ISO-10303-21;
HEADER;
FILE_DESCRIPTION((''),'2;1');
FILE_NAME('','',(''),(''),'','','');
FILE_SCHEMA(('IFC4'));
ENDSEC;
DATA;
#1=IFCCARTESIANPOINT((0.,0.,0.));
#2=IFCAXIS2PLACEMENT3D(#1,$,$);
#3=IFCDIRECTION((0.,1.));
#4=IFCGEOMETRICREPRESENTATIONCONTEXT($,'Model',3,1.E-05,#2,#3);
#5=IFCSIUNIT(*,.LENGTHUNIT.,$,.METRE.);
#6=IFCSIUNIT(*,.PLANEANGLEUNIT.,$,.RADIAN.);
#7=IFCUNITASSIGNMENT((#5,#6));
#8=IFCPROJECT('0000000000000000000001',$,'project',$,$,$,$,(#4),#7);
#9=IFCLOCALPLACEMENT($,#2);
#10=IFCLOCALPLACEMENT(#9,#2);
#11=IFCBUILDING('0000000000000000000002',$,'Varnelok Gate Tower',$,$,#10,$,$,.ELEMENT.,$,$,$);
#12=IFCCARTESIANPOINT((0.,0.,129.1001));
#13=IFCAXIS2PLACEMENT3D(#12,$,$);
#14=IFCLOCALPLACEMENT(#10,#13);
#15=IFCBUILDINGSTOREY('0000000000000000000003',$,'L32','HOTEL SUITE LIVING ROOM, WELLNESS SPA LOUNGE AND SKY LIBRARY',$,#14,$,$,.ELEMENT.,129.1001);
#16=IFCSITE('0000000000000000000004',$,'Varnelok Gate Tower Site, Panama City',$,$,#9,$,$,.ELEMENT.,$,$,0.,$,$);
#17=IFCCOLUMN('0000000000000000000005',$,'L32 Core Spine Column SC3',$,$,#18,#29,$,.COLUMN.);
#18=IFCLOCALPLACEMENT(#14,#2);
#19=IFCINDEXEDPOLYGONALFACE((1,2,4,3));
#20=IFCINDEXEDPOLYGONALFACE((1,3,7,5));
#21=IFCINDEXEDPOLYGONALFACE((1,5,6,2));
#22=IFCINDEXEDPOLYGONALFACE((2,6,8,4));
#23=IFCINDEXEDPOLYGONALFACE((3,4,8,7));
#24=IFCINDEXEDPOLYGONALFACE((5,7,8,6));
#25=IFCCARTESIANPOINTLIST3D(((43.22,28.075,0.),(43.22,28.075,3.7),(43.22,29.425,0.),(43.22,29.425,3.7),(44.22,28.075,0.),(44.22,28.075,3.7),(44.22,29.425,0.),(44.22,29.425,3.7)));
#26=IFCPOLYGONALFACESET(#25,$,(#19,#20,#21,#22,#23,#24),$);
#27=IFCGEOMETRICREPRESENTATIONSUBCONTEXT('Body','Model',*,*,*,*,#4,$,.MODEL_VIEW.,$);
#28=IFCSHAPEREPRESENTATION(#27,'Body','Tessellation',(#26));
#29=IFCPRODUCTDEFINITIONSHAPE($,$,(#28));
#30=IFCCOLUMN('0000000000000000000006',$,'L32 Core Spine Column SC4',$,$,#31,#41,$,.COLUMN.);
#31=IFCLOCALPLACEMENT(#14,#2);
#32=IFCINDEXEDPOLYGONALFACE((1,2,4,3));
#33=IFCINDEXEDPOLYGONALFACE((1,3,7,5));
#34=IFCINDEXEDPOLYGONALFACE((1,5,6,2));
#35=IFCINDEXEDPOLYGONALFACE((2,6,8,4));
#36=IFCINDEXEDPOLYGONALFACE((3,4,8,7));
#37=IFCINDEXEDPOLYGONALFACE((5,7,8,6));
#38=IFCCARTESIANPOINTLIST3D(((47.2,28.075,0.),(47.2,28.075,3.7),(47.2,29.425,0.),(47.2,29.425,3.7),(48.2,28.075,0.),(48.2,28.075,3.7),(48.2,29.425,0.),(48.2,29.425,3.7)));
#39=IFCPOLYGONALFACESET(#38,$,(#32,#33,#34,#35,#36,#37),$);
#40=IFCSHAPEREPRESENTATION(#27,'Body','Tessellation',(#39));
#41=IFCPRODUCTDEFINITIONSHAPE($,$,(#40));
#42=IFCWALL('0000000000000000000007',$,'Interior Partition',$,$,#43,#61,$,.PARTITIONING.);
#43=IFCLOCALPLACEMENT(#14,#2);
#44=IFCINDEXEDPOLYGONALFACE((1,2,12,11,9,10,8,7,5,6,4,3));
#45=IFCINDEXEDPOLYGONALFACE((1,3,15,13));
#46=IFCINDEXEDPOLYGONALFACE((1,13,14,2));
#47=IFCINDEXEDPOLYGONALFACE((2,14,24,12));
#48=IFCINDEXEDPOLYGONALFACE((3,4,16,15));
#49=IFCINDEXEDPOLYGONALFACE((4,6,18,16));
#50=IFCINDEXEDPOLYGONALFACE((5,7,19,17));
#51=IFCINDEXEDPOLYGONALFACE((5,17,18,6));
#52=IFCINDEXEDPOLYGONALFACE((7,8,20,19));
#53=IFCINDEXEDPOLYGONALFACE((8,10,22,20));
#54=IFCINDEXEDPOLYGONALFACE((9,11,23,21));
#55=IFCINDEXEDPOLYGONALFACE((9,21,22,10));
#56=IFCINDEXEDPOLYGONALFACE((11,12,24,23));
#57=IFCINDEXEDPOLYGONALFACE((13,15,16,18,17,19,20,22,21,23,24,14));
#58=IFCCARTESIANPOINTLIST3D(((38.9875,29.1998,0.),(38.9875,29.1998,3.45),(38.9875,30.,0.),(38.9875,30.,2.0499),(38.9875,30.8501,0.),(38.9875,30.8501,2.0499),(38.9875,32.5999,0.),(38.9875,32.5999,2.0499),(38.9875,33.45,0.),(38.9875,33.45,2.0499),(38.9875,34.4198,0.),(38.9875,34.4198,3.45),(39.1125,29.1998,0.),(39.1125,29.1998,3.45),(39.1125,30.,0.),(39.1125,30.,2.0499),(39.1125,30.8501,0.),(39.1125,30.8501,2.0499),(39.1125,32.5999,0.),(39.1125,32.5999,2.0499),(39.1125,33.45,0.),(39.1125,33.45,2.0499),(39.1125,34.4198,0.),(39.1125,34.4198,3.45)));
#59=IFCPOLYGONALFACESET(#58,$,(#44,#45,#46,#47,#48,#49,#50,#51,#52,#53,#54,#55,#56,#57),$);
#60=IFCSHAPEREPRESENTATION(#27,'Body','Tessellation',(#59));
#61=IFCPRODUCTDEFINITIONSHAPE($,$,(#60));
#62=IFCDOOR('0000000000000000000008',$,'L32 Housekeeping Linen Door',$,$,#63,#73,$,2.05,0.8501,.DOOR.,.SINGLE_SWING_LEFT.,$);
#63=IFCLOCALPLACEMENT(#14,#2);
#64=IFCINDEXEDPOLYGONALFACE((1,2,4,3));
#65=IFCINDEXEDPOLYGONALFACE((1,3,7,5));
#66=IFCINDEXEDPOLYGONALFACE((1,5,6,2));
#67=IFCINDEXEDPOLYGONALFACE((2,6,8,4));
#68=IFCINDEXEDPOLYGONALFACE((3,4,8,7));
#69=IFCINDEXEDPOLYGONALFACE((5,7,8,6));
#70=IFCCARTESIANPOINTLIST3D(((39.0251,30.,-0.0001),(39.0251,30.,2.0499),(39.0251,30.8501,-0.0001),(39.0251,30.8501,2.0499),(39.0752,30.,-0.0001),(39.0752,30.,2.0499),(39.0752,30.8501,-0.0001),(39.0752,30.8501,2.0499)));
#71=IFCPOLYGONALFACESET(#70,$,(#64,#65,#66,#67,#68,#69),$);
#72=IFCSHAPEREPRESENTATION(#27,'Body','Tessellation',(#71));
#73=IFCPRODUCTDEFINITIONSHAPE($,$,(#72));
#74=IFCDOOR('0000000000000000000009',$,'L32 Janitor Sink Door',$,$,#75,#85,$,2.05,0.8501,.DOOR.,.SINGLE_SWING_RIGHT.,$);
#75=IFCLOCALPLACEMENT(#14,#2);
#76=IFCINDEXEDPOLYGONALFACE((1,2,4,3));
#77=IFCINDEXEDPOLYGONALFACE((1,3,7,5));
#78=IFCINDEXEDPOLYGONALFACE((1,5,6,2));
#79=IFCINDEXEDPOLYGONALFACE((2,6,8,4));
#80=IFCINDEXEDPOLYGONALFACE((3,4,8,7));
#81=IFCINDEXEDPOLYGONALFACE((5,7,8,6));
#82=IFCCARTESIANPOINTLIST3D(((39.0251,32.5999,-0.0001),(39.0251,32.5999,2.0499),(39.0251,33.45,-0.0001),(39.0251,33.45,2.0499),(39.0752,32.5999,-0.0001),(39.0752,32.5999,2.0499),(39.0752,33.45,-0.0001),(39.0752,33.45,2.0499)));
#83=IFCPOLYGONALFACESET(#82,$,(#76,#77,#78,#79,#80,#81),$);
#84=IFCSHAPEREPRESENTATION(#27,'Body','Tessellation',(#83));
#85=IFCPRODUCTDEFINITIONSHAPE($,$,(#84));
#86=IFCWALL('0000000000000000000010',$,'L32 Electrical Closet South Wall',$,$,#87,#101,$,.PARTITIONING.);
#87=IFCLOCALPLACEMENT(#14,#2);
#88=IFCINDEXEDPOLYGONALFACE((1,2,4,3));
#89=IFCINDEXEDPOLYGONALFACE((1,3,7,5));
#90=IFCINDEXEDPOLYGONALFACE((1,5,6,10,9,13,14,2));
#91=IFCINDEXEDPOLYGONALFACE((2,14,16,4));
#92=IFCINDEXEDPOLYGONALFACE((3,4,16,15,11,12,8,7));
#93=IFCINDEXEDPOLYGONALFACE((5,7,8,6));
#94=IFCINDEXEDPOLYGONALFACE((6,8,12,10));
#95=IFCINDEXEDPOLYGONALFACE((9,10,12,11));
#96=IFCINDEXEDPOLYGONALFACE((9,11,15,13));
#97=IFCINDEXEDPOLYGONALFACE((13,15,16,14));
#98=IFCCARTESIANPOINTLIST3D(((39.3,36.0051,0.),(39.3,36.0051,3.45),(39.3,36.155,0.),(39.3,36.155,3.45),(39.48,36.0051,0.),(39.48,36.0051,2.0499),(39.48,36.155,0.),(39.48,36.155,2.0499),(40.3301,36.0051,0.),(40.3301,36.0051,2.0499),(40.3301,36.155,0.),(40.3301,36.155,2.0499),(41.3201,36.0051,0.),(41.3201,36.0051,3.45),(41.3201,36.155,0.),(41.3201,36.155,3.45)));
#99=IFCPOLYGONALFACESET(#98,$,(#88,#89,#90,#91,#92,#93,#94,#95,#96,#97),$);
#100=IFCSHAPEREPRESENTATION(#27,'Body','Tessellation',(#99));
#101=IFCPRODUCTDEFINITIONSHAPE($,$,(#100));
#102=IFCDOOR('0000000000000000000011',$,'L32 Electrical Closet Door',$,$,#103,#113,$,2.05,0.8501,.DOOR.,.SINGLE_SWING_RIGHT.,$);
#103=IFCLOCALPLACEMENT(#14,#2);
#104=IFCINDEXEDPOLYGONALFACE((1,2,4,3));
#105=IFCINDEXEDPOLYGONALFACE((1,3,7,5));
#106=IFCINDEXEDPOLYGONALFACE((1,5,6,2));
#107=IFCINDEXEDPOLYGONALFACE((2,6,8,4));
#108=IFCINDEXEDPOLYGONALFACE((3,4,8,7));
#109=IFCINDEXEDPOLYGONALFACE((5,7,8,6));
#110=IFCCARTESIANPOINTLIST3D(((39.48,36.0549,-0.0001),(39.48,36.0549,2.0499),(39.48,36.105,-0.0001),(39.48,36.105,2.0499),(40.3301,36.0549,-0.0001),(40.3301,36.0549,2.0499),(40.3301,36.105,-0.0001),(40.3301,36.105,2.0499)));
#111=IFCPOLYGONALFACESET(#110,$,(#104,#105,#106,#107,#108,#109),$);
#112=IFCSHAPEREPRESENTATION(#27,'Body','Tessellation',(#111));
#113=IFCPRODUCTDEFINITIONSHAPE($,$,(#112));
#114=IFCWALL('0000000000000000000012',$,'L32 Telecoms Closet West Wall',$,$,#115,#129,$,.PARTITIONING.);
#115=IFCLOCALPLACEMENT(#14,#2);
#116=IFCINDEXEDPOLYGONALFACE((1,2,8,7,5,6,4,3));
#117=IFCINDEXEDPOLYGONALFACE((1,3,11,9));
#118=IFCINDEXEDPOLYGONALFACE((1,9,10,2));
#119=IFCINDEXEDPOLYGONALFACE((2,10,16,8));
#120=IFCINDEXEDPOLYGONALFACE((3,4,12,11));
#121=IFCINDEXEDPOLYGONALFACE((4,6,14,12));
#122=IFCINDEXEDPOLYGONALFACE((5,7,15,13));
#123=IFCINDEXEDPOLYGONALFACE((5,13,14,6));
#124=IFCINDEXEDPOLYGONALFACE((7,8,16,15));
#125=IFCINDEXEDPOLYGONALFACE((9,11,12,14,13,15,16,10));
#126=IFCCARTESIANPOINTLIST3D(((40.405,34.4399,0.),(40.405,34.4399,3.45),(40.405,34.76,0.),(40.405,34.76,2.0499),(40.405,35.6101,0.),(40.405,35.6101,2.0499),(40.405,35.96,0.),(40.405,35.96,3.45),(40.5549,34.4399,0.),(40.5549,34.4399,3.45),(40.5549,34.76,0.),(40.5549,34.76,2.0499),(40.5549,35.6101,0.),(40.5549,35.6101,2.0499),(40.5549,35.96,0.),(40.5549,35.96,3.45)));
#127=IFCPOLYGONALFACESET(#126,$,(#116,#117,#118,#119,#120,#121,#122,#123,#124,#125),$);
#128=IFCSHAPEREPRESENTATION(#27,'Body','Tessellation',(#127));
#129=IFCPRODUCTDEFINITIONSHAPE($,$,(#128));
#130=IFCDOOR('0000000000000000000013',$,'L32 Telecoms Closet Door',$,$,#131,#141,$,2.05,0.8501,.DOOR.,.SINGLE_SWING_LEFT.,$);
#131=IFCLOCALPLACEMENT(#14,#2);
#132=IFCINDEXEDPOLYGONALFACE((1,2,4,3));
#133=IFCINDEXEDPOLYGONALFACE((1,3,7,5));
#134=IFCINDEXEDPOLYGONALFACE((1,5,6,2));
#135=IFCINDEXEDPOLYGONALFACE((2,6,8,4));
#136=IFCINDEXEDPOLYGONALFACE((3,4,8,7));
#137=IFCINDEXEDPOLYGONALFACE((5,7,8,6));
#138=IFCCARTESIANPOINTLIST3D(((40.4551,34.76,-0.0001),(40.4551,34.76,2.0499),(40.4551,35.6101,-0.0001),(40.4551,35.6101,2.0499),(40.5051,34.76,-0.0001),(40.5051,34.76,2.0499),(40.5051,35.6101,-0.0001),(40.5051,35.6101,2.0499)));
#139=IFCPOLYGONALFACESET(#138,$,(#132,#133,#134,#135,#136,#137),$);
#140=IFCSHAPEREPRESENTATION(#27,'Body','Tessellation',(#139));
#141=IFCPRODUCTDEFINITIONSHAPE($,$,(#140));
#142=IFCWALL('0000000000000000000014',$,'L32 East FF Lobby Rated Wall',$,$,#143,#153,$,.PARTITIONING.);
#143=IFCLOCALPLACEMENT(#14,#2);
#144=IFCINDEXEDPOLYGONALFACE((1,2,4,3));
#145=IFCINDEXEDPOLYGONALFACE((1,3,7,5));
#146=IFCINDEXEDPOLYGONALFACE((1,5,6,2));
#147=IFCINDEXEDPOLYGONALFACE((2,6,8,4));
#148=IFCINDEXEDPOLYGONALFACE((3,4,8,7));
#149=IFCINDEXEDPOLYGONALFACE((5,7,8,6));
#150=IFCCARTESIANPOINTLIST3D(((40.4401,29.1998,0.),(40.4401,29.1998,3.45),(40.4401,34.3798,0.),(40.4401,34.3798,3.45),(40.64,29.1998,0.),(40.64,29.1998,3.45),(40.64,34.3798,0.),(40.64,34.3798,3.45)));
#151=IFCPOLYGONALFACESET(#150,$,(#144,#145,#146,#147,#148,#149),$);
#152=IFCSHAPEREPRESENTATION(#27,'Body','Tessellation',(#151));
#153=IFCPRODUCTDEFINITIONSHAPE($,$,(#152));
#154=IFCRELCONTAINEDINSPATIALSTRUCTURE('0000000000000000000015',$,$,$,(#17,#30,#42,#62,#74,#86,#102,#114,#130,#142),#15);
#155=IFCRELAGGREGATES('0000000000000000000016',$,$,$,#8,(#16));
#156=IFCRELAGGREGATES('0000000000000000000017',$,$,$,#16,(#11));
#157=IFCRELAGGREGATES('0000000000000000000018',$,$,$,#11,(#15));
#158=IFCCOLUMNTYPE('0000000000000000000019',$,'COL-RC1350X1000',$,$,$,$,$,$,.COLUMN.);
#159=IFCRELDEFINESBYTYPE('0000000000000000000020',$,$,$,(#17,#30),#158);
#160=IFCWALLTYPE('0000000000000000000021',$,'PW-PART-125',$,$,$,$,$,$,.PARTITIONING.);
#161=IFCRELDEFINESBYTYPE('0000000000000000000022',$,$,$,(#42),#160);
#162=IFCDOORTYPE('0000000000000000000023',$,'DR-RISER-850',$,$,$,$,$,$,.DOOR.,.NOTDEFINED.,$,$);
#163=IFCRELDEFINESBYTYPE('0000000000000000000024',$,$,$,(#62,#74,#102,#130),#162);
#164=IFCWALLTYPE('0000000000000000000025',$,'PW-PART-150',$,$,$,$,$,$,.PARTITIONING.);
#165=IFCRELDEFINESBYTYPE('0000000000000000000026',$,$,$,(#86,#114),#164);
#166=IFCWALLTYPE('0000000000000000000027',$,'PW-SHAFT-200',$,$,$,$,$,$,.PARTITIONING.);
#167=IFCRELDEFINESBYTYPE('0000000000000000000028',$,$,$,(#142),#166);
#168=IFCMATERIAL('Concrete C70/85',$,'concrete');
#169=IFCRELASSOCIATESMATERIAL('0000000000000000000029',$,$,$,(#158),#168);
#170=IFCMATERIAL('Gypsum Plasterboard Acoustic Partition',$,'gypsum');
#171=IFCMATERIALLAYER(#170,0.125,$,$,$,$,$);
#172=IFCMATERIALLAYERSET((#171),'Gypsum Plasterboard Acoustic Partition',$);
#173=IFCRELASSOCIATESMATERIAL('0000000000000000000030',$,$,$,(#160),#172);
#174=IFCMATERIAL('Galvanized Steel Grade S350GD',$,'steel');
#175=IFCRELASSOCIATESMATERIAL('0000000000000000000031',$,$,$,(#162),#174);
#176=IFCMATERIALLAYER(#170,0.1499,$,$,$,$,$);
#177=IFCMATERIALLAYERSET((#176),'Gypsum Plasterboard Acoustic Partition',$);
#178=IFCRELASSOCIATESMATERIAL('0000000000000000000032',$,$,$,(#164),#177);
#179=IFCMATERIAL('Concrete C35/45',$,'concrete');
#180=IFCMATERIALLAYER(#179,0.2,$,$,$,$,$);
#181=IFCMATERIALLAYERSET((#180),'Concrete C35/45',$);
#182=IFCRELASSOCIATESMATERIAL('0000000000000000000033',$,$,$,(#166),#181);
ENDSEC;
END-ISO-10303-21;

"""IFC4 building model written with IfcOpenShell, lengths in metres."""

from ifc_helpers import new_model, si_unit, direction, frame, frame_2d, origin, origin_2d, place, context, subcontext, project, spatial, rectangle, extrude, material, layer, layer_set, material_profile, profile_set, type_object, element, fill, save


model = new_model("IFC4")

# Units and contexts
model_context = context("Model", 3, precision=1e-05, world=origin(), true_north=direction((0.0, 1.0)))
body_context = subcontext(model_context, "Body", "Model", "MODEL_VIEW")
ifc_project = project(units=[si_unit("LENGTHUNIT", "METRE"), si_unit("PLANEANGLEUNIT", "RADIAN")], contexts=[model_context])

# Site, building, storey
site_placement = place(None, origin())
site = spatial("IfcSite", under=ifc_project, at=site_placement, Name="Varnelok Gate Tower Site, Panama City", CompositionType="ELEMENT", RefElevation=0.0)
building_placement = place(site_placement, origin())
building = spatial("IfcBuilding", under=site, at=building_placement, Name="Varnelok Gate Tower", CompositionType="ELEMENT")
storey_placement = place(building_placement, frame((0.0, 0.0, 129.1001)))
storey = spatial("IfcBuildingStorey", under=building, at=storey_placement, Name="L32", Description="HOTEL SUITE LIVING ROOM, WELLNESS SPA LOUNGE AND SKY LIBRARY", CompositionType="ELEMENT", Elevation=129.1001)

# Columns
ifc_material_1 = material(Name="Concrete C70/85", Category="concrete")
ifc_material_profile = material_profile(ifc_material_1, rectangle(XDim=1.0, YDim=1.3501, at=origin_2d()), Name="RC1350X1000")
ifc_profile_set = profile_set([ifc_material_profile], Name="Concrete C70/85")
column_type = type_object("IfcColumnType", Name="COL-RC1350X1000", PredefinedType="COLUMN", material=ifc_profile_set)
for number, where, z_axis, x_axis, name in (
    (1, (43.72, 28.75, 0.0), (0.0, 0.0, 1.0), (1.0, 0.0, 0.0), "L32 Core Spine Column SC3"),
    (2, (47.7, 28.75, 0.0), (0.0, 0.0, 1.0), (1.0, 0.0, 0.0), "L32 Core Spine Column SC4"),
):
    element("IfcColumn", number, at=place(storey_placement, frame(where, z_axis=z_axis, x_axis=x_axis)), inside=storey, type_object=column_type, Name=name, PredefinedType="COLUMN", context=body_context, shape_type="SweptSolid", body=[
        extrude(rectangle(XDim=1.0, YDim=1.3501, at=origin_2d()), origin(), (0.0, 0.0, 1.0), 3.7),
    ])

# Wall, openings, doors
ifc_material_2 = material(Name="Gypsum Plasterboard Acoustic Partition", Category="gypsum")
ifc_layer_1 = layer(ifc_material_2, 0.125)
ifc_layer_set_1 = layer_set([ifc_layer_1], Name="Gypsum Plasterboard Acoustic Partition")
wall_type_1 = type_object("IfcWallType", Name="PW-PART-125", PredefinedType="PARTITIONING", material=ifc_layer_set_1)
wall_1_placement = place(storey_placement, frame((39.05, 29.2, 0.0), z_axis=(0.0, 0.0, 1.0), x_axis=(0.0, 1.0, 0.0)))
wall_1 = element("IfcWall", 3, at=wall_1_placement, inside=storey, type_object=wall_type_1, Name="Interior Partition", PredefinedType="PARTITIONING", context=body_context, shape_type="SweptSolid", body=[
    extrude(rectangle(XDim=5.22, YDim=0.125, at=frame_2d((2.6099, 0.0))), origin(), (0.0, 0.0, 1.0), 3.45),
])
opening_1_placement = place(wall_1_placement, frame((0.8, 0.0, 0.0)))
opening_1 = element("IfcOpeningElement", 4, at=opening_1_placement, cuts=wall_1, PredefinedType="OPENING", context=body_context, shape_type="SweptSolid", body=[
    extrude(rectangle(XDim=0.8501, YDim=2.05, at=frame_2d((0.425, 1.0249))), frame((0.0, 0.0725, 0.0), z_axis=(0.0, -1.0, 0.0), x_axis=(1.0, 0.0, 0.0)), (0.0, 0.0, 1.0), 0.145),
])
opening_2_placement = place(wall_1_placement, frame((3.3999, 0.0, 0.0)))
opening_2 = element("IfcOpeningElement", 5, at=opening_2_placement, cuts=wall_1, PredefinedType="OPENING", context=body_context, shape_type="SweptSolid", body=[
    extrude(rectangle(XDim=0.8501, YDim=2.05, at=frame_2d((0.425, 1.0249))), frame((0.0, 0.0725, 0.0), z_axis=(0.0, -1.0, 0.0), x_axis=(1.0, 0.0, 0.0)), (0.0, 0.0, 1.0), 0.145),
])
ifc_material_3 = material(Name="Galvanized Steel Grade S350GD", Category="steel")
door_type_1 = type_object("IfcDoorType", Name="DR-RISER-850", OperationType="NOTDEFINED", PredefinedType="DOOR", material=ifc_material_3)
door_1_placement = place(opening_1_placement, origin())
door_1 = element("IfcDoor", 6, at=door_1_placement, inside=storey, type_object=door_type_1, Name="L32 Housekeeping Linen Door", OperationType="SINGLE_SWING_LEFT", OverallHeight=2.05, OverallWidth=0.8501, PredefinedType="DOOR", context=body_context, shape_type="SweptSolid", body=[
    extrude(rectangle(XDim=0.8501, YDim=2.05, at=frame_2d((0.425, 1.0249))), frame((0.0, 0.0249, 0.0), z_axis=(0.0, -1.0, 0.0), x_axis=(1.0, 0.0, 0.0)), (0.0, 0.0, 1.0), 0.05),
])
fill(opening_1, door_1)
door_2_placement = place(opening_2_placement, origin())
door_2 = element("IfcDoor", 7, at=door_2_placement, inside=storey, type_object=door_type_1, Name="L32 Janitor Sink Door", OperationType="SINGLE_SWING_RIGHT", OverallHeight=2.05, OverallWidth=0.8501, PredefinedType="DOOR", context=body_context, shape_type="SweptSolid", body=[
    extrude(rectangle(XDim=0.8501, YDim=2.05, at=frame_2d((0.425, 1.0249))), frame((0.0, 0.0249, 0.0), z_axis=(0.0, -1.0, 0.0), x_axis=(1.0, 0.0, 0.0)), (0.0, 0.0, 1.0), 0.05),
])
fill(opening_2, door_2)

# Walls, openings, doors
ifc_layer_2 = layer(ifc_material_2, 0.1499)
ifc_layer_set_2 = layer_set([ifc_layer_2], Name="Gypsum Plasterboard Acoustic Partition")
wall_type_2 = type_object("IfcWallType", Name="PW-PART-150", PredefinedType="PARTITIONING", material=ifc_layer_set_2)
wall_2_placement = place(storey_placement, frame((39.3, 36.0801, 0.0), z_axis=(0.0, 0.0, 1.0), x_axis=(1.0, 0.0, 0.0)))
wall_2 = element("IfcWall", 8, at=wall_2_placement, inside=storey, type_object=wall_type_2, Name="L32 Electrical Closet South Wall", PredefinedType="PARTITIONING", context=body_context, shape_type="SweptSolid", body=[
    extrude(rectangle(XDim=2.02, YDim=0.1499, at=frame_2d((1.01, 0.0))), origin(), (0.0, 0.0, 1.0), 3.45),
])
opening_3_placement = place(wall_2_placement, frame((0.1799, 0.0, 0.0)))
opening_3 = element("IfcOpeningElement", 9, at=opening_3_placement, cuts=wall_2, PredefinedType="OPENING", context=body_context, shape_type="SweptSolid", body=[
    extrude(rectangle(XDim=0.8501, YDim=2.05, at=frame_2d((0.425, 1.0249))), frame((0.0, 0.085, 0.0), z_axis=(0.0, -1.0, 0.0), x_axis=(1.0, 0.0, 0.0)), (0.0, 0.0, 1.0), 0.1699),
])
door_3_placement = place(opening_3_placement, origin())
door_3 = element("IfcDoor", 10, at=door_3_placement, inside=storey, type_object=door_type_1, Name="L32 Electrical Closet Door", OperationType="SINGLE_SWING_RIGHT", OverallHeight=2.05, OverallWidth=0.8501, PredefinedType="DOOR", context=body_context, shape_type="SweptSolid", body=[
    extrude(rectangle(XDim=0.8501, YDim=2.05, at=frame_2d((0.425, 1.0249))), frame((0.0, 0.0249, 0.0), z_axis=(0.0, -1.0, 0.0), x_axis=(1.0, 0.0, 0.0)), (0.0, 0.0, 1.0), 0.05),
])
fill(opening_3, door_3)
wall_3_placement = place(storey_placement, frame((40.48, 34.4399, 0.0), z_axis=(0.0, 0.0, 1.0), x_axis=(0.0, 1.0, 0.0)))
wall_3 = element("IfcWall", 11, at=wall_3_placement, inside=storey, type_object=wall_type_2, Name="L32 Telecoms Closet West Wall", PredefinedType="PARTITIONING", context=body_context, shape_type="SweptSolid", body=[
    extrude(rectangle(XDim=1.52, YDim=0.1499, at=frame_2d((0.76, 0.0))), origin(), (0.0, 0.0, 1.0), 3.45),
])
opening_4_placement = place(wall_3_placement, frame((0.3201, 0.0, 0.0)))
opening_4 = element("IfcOpeningElement", 12, at=opening_4_placement, cuts=wall_3, PredefinedType="OPENING", context=body_context, shape_type="SweptSolid", body=[
    extrude(rectangle(XDim=0.8501, YDim=2.05, at=frame_2d((0.425, 1.0249))), frame((0.0, 0.085, 0.0), z_axis=(0.0, -1.0, 0.0), x_axis=(1.0, 0.0, 0.0)), (0.0, 0.0, 1.0), 0.1699),
])
door_4_placement = place(opening_4_placement, origin())
door_4 = element("IfcDoor", 13, at=door_4_placement, inside=storey, type_object=door_type_1, Name="L32 Telecoms Closet Door", OperationType="SINGLE_SWING_LEFT", OverallHeight=2.05, OverallWidth=0.8501, PredefinedType="DOOR", context=body_context, shape_type="SweptSolid", body=[
    extrude(rectangle(XDim=0.8501, YDim=2.05, at=frame_2d((0.425, 1.0249))), frame((0.0, 0.0249, 0.0), z_axis=(0.0, -1.0, 0.0), x_axis=(1.0, 0.0, 0.0)), (0.0, 0.0, 1.0), 0.05),
])
fill(opening_4, door_4)

# Wall
ifc_material_4 = material(Name="Concrete C35/45", Category="concrete")
ifc_layer_3 = layer(ifc_material_4, 0.2)
ifc_layer_set_3 = layer_set([ifc_layer_3], Name="Concrete C35/45")
wall_type_3 = type_object("IfcWallType", Name="PW-SHAFT-200", PredefinedType="PARTITIONING", material=ifc_layer_set_3)
wall_4_placement = place(storey_placement, frame((40.54, 29.2, 0.0), z_axis=(0.0, 0.0, 1.0), x_axis=(0.0, 1.0, 0.0)))
element("IfcWall", 14, at=wall_4_placement, inside=storey, type_object=wall_type_3, Name="L32 East FF Lobby Rated Wall", PredefinedType="PARTITIONING", context=body_context, shape_type="SweptSolid", body=[
    extrude(rectangle(XDim=5.1799, YDim=0.2, at=frame_2d((2.5898, 0.0))), origin(), (0.0, 0.0, 1.0), 3.45),
])

save(model, "model.ifc")
